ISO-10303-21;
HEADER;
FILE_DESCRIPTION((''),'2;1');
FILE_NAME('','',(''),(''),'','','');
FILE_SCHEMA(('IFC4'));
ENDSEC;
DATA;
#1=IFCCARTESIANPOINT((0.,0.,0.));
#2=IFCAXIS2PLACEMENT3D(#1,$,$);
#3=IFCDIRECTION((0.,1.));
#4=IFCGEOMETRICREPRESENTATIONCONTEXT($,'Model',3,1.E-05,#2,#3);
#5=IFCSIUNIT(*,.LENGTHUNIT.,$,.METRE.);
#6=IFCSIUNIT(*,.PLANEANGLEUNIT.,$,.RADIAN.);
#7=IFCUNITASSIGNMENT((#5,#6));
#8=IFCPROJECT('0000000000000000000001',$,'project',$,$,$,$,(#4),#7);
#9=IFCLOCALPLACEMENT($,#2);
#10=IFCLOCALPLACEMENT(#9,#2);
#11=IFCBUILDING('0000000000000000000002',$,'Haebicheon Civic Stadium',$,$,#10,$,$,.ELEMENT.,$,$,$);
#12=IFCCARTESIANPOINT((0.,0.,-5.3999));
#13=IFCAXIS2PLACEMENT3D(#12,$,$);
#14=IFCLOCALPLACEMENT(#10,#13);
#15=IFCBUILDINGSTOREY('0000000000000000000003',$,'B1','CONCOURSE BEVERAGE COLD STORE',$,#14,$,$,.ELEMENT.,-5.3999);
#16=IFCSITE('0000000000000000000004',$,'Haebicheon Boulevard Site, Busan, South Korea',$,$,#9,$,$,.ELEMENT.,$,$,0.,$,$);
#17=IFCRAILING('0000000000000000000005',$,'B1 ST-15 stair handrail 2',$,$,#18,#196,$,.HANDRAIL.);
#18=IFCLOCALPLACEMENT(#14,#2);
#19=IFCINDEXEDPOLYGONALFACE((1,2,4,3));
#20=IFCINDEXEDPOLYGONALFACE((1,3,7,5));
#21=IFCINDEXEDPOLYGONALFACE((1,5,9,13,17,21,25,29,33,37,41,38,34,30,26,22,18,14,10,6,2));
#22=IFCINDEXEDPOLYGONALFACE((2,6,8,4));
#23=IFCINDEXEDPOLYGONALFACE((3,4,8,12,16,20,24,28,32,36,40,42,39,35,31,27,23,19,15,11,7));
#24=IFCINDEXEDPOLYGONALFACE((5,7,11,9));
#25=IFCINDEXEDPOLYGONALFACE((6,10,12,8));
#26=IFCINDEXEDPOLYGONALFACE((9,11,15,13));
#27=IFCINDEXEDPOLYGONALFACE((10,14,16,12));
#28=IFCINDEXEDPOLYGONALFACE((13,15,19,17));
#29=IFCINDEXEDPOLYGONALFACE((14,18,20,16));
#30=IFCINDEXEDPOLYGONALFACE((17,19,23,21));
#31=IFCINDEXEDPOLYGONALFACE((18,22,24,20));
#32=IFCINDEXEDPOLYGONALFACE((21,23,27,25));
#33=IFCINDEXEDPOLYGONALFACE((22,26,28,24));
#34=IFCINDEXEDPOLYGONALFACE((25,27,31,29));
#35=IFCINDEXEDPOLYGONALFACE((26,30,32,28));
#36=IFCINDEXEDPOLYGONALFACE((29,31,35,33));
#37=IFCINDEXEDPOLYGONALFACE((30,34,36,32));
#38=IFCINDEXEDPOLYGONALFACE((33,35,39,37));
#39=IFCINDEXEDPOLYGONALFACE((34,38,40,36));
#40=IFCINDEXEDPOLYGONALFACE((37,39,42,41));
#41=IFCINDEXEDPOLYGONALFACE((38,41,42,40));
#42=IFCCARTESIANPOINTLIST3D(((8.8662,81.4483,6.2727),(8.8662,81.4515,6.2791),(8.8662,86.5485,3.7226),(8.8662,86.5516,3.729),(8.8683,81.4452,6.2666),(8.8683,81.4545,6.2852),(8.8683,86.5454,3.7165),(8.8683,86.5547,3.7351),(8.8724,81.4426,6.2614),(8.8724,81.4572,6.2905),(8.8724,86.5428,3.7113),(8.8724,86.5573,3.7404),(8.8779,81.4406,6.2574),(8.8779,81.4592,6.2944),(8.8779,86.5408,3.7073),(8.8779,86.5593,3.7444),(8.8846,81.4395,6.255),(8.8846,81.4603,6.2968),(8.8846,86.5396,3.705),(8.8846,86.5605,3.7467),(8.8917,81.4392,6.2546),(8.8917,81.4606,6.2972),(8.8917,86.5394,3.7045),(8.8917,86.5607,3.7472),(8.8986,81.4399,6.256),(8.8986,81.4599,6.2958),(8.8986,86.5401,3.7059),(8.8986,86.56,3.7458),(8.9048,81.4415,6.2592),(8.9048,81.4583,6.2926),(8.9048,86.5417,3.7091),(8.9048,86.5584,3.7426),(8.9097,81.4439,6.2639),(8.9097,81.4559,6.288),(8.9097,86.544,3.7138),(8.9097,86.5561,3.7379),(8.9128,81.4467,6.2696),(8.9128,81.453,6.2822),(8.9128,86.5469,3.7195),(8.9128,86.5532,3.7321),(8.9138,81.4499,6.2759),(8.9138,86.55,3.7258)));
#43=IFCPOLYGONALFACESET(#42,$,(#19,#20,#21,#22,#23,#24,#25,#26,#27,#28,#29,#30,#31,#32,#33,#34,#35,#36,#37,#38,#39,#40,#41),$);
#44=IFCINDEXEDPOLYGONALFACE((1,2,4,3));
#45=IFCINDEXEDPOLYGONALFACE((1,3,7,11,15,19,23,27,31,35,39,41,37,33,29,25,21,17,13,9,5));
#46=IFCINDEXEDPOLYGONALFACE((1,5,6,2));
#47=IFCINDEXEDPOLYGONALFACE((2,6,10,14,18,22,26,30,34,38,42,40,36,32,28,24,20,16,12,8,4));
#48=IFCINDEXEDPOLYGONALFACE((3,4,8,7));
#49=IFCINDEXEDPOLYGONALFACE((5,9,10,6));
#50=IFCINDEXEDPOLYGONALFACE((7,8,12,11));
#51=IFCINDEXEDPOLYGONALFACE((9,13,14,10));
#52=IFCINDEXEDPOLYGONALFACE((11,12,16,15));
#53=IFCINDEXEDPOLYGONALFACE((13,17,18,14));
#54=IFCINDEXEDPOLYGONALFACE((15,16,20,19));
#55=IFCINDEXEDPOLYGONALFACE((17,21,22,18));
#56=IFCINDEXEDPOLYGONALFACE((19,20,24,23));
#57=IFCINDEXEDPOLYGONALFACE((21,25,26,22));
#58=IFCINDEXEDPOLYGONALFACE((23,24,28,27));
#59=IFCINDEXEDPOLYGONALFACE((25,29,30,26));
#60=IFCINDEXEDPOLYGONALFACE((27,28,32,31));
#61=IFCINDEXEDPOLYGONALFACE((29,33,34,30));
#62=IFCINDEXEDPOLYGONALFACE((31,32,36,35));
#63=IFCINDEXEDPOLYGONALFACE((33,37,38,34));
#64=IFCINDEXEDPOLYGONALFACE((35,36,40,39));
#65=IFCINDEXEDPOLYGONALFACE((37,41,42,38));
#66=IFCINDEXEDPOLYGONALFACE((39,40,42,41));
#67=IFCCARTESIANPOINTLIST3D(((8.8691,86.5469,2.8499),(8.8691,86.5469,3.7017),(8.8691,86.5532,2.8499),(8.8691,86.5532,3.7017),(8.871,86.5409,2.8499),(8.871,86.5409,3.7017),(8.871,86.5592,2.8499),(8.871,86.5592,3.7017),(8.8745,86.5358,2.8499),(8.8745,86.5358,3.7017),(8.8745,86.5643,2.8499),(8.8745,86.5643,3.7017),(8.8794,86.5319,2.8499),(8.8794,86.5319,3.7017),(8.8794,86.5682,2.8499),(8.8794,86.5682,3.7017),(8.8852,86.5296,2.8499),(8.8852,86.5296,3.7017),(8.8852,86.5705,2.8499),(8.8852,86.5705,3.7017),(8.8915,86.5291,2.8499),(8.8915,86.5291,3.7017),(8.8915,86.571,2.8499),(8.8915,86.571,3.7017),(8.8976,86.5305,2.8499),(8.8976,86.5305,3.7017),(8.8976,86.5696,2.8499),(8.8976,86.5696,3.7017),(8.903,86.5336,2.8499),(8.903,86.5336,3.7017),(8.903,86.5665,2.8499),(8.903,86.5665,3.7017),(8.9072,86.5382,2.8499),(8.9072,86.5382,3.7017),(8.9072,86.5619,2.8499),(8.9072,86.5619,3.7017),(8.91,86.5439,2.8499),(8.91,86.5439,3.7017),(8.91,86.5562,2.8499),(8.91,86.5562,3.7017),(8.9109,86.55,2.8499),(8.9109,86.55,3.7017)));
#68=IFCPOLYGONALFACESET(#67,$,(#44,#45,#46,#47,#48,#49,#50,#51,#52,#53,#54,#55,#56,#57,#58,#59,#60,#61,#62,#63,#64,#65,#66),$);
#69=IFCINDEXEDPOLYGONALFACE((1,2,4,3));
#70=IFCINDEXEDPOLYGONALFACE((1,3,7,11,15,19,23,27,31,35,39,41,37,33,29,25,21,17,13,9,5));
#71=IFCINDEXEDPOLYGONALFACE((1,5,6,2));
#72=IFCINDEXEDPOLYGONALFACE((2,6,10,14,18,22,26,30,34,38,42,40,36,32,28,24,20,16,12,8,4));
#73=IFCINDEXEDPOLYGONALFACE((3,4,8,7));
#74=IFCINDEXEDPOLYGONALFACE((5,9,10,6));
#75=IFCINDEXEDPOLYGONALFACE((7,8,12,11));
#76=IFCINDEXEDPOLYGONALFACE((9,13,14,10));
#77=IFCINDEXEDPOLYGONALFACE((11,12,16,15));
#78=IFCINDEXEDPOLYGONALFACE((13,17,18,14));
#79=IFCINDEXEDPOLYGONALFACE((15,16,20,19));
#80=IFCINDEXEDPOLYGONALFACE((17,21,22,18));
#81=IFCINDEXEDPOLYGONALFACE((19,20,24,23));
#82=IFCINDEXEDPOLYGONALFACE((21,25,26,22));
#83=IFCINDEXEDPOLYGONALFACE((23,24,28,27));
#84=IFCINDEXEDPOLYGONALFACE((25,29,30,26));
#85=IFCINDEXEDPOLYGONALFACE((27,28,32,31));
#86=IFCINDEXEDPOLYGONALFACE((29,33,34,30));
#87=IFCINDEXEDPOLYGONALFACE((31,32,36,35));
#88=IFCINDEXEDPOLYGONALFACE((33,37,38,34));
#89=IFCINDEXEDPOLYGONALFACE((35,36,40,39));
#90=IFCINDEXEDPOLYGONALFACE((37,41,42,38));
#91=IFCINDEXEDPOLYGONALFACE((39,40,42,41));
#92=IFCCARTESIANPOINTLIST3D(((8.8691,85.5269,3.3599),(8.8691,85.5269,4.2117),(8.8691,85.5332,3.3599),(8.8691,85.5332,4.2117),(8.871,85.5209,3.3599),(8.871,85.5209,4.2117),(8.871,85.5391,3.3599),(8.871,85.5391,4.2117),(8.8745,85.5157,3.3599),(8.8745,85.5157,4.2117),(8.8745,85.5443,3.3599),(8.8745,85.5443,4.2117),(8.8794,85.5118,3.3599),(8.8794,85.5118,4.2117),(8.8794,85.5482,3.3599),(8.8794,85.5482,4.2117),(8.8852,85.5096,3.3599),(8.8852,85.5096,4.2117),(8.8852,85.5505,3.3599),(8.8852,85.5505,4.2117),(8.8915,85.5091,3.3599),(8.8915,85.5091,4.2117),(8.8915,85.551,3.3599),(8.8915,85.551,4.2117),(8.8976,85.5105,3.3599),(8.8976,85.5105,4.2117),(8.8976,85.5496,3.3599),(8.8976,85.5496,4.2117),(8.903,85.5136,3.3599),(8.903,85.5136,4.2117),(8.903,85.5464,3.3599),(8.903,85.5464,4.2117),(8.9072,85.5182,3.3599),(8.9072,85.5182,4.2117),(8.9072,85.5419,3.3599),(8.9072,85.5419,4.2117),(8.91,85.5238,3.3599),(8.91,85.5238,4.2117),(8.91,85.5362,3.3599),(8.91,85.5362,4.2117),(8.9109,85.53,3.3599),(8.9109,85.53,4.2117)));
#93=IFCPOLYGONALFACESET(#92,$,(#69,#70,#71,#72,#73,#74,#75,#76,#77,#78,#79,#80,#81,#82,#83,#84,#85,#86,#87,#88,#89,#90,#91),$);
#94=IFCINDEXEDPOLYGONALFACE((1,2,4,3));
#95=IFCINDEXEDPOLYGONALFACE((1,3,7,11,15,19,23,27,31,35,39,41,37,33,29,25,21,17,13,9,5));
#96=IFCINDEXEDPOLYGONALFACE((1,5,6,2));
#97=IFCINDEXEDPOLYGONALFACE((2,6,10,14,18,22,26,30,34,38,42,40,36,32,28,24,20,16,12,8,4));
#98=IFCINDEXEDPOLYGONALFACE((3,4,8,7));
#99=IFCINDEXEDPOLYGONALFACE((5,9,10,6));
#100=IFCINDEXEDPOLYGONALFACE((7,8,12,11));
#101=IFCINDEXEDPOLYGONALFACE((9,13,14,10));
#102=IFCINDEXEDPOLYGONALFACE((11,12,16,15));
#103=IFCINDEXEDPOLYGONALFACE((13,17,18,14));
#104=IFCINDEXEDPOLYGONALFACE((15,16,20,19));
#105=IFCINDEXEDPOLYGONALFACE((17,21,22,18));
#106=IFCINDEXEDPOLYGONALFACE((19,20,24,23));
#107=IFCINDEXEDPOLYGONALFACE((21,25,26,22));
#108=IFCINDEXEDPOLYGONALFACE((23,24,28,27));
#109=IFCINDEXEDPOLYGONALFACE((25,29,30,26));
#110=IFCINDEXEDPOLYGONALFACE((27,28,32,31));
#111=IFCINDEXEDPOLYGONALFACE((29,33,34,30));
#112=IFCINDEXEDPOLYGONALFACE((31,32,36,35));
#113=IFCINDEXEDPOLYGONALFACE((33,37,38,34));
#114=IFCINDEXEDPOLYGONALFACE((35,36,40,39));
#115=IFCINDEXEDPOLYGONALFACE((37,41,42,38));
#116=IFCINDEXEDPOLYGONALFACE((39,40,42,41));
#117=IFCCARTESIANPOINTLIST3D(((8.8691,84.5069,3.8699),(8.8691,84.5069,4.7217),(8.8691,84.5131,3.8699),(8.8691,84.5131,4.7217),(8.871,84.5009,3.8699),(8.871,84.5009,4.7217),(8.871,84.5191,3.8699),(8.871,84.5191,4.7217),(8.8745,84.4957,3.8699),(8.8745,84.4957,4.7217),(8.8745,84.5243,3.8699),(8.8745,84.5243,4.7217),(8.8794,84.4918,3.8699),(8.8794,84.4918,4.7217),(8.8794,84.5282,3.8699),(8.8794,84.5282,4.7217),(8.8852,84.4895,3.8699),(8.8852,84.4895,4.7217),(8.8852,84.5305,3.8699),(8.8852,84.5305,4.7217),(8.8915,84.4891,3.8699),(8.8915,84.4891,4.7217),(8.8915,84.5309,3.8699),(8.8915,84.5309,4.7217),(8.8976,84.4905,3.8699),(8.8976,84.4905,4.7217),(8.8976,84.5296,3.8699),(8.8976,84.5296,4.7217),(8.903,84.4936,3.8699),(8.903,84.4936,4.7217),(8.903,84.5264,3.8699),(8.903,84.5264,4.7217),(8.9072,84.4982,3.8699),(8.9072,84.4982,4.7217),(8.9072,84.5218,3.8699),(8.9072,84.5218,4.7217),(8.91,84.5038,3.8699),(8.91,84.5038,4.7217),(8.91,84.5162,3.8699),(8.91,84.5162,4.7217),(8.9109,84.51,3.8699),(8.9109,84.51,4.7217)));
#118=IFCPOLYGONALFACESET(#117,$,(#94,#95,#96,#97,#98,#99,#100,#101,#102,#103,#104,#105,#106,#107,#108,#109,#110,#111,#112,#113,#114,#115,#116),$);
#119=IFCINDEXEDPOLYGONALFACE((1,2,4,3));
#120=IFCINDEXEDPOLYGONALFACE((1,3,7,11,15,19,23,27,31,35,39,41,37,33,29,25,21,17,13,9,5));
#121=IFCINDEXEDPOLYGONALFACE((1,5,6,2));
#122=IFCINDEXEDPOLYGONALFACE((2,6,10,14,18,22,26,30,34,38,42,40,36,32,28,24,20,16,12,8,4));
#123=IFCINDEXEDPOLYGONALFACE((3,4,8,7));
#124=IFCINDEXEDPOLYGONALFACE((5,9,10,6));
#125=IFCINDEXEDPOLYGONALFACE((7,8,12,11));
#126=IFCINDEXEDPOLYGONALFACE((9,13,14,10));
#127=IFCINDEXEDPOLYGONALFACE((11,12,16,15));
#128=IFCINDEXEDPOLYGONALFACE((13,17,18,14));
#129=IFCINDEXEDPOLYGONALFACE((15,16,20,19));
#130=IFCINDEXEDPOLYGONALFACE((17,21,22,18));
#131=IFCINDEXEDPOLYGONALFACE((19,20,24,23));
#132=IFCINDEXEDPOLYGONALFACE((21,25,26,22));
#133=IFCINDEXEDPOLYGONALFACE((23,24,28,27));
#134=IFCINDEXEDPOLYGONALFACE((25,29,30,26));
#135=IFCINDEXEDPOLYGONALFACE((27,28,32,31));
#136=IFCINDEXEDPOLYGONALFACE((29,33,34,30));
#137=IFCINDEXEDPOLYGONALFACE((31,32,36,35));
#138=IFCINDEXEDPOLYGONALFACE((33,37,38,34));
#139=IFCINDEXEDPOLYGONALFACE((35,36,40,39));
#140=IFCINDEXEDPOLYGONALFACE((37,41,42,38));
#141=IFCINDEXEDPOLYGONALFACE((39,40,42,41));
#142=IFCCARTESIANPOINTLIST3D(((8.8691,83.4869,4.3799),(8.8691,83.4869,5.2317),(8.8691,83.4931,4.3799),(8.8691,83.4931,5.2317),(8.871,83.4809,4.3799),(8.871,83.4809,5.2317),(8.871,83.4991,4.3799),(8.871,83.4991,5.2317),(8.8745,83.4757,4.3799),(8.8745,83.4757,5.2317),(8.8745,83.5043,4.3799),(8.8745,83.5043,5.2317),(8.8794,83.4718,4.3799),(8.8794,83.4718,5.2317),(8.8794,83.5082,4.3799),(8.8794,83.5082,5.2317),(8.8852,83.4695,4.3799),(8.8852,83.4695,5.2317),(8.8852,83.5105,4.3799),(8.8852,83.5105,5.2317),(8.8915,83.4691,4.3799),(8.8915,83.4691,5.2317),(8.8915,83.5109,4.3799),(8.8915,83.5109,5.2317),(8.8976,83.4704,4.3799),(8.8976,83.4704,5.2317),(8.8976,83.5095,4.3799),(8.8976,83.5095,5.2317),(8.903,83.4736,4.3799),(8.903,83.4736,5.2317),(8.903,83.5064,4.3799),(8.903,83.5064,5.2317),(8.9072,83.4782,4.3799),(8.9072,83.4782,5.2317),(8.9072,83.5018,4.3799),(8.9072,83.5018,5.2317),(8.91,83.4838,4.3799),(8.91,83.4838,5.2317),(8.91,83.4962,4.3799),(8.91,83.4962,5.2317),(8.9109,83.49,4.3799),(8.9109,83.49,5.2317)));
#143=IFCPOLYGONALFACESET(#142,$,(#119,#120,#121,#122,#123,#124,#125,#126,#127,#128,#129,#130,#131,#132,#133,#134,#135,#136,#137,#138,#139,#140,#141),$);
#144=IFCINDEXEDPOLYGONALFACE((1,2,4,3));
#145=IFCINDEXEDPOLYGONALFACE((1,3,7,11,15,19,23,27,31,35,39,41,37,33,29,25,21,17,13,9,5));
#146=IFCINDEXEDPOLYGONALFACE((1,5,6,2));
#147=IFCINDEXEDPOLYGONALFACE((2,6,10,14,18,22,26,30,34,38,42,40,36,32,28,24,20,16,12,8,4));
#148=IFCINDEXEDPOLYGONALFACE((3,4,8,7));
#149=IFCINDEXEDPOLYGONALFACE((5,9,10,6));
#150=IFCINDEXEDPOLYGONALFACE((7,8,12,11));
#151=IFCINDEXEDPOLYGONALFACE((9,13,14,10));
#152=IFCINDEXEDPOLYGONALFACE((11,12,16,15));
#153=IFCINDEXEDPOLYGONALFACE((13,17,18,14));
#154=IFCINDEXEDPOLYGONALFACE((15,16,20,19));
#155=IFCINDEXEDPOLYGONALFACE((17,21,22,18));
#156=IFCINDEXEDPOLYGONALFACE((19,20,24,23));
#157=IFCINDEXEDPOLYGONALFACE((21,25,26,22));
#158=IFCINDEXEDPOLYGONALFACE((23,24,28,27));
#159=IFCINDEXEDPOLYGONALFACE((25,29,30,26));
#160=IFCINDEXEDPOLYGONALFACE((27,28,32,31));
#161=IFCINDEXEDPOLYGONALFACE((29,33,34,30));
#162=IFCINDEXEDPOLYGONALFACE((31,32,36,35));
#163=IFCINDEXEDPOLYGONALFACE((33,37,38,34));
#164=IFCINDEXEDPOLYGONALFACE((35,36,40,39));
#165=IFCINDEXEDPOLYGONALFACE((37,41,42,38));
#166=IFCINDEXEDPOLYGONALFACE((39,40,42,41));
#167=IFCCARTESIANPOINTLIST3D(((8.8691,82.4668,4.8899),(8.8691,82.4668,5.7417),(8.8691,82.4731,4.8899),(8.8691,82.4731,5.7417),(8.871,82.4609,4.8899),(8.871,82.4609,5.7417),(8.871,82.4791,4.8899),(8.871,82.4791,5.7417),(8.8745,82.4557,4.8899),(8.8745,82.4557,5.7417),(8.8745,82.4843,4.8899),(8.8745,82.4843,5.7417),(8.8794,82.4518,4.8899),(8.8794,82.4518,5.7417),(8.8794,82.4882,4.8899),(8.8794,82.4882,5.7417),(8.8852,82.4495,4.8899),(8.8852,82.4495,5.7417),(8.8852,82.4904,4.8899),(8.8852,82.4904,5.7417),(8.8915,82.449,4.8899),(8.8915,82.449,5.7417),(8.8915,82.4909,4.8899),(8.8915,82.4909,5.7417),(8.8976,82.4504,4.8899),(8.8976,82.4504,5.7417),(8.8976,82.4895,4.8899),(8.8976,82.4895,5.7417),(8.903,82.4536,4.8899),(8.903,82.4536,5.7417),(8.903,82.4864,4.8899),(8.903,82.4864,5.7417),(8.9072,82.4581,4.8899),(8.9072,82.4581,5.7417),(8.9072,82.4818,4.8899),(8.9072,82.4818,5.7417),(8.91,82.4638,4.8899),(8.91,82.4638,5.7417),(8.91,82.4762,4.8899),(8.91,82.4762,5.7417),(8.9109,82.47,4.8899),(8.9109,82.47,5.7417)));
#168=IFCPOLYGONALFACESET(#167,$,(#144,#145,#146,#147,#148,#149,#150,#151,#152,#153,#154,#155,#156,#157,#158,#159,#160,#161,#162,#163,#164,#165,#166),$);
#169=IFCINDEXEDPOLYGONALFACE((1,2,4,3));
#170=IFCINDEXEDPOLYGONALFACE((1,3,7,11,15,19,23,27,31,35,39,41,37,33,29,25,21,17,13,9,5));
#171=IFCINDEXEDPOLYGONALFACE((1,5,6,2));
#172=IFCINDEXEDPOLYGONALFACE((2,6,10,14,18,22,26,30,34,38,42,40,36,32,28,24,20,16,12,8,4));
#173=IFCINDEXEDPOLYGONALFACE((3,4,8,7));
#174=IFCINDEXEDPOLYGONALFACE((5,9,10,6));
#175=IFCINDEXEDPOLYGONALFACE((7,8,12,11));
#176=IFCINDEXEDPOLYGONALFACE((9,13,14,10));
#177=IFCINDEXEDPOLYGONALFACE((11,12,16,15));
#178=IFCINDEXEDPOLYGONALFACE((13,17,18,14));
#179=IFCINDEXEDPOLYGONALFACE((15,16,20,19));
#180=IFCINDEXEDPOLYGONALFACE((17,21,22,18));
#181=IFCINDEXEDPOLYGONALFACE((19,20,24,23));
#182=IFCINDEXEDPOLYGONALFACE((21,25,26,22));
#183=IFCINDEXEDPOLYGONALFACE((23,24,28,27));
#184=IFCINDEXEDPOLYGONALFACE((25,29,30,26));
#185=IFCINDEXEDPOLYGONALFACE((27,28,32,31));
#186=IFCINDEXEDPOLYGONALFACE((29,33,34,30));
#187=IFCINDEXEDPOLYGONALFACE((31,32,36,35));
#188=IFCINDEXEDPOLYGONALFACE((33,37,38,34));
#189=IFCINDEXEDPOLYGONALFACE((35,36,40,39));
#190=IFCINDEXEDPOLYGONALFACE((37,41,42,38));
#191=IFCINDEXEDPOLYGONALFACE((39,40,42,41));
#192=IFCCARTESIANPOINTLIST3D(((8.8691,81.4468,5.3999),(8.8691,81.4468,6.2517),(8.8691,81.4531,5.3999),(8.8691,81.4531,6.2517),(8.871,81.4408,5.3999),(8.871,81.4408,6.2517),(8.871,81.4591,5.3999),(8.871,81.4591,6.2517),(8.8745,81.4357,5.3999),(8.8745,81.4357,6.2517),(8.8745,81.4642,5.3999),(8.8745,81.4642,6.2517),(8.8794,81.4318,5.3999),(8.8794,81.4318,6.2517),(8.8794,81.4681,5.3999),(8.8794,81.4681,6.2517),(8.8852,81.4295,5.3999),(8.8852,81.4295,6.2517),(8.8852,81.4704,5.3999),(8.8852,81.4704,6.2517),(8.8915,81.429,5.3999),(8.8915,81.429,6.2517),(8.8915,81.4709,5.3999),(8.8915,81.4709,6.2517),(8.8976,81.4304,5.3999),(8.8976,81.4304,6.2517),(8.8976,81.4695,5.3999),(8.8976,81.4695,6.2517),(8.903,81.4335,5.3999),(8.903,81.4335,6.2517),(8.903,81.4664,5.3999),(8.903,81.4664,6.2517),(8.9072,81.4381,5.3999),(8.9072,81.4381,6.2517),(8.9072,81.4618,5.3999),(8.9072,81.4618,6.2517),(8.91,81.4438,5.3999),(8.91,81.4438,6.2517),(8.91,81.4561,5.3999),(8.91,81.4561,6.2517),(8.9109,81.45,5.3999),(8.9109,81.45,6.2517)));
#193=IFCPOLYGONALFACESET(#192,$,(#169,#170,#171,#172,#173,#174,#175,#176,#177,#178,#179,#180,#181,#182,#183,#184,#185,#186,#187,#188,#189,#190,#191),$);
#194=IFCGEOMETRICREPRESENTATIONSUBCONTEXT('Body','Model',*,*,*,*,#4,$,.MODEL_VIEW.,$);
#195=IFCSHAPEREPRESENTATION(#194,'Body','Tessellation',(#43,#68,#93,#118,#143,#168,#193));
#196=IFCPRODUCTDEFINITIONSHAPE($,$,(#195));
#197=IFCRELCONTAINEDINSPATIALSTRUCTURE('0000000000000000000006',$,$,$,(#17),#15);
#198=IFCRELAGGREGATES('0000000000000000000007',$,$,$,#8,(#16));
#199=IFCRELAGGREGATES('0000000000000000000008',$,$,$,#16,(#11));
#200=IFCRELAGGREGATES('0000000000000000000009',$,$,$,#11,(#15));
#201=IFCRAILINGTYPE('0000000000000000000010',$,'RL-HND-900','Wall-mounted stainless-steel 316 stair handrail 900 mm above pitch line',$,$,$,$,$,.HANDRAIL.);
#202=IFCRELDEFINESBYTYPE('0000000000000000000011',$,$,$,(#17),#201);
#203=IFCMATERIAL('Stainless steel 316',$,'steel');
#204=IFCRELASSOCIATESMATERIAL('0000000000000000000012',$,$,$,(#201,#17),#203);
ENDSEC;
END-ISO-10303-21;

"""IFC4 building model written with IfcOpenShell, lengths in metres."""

from ifc_helpers import new_model, si_unit, direction, frame, origin, origin_2d, place, context, subcontext, project, spatial, circle, extrude, material, type_object, element, save


model = new_model("IFC4")

# Units and contexts
model_context = context("Model", 3, precision=1e-05, world=origin(), true_north=direction((0.0, 1.0)))
body_context = subcontext(model_context, "Body", "Model", "MODEL_VIEW")
ifc_project = project(units=[si_unit("LENGTHUNIT", "METRE"), si_unit("PLANEANGLEUNIT", "RADIAN")], contexts=[model_context])

# Site, building, storey
site_placement = place(None, origin())
site = spatial("IfcSite", under=ifc_project, at=site_placement, Name="Haebicheon Boulevard Site, Busan, South Korea", CompositionType="ELEMENT", RefElevation=0.0)
building_placement = place(site_placement, origin())
building = spatial("IfcBuilding", under=site, at=building_placement, Name="Haebicheon Civic Stadium", CompositionType="ELEMENT")
storey_placement = place(building_placement, frame((0.0, 0.0, -5.3999)))
storey = spatial("IfcBuildingStorey", under=building, at=storey_placement, Name="B1", Description="CONCOURSE BEVERAGE COLD STORE", CompositionType="ELEMENT", Elevation=-5.3999)

# Railing
ifc_material_1 = material(Name="Stainless steel 316", Category="steel")
railing_type_1 = type_object("IfcRailingType", Name="RL-HND-900", Description="Wall-mounted stainless-steel 316 stair handrail 900 mm above pitch line", PredefinedType="HANDRAIL", material=ifc_material_1)
railing_1_placement = place(storey_placement, frame((8.8899, 86.55, 2.8499)))
element("IfcRailing", 1, at=railing_1_placement, inside=storey, type_object=railing_type_1, material=ifc_material_1, Name="B1 ST-15 stair handrail 2", PredefinedType="HANDRAIL", context=body_context, shape_type="SweptSolid", body=[
    extrude(circle(Radius=0.0239, at=origin_2d()), frame((0.0, 0.0, 0.876), z_axis=(0.0, -0.894427, 0.447214), x_axis=(1.0, 0.0, 0.0)), (0.0, 0.0, 1.0), 5.7021),
    extrude(circle(Radius=0.021, at=origin_2d()), origin(), (0.0, 0.0, 1.0), 0.8518),
    extrude(circle(Radius=0.021, at=origin_2d()), frame((0.0, -1.02, 0.51)), (0.0, 0.0, 1.0), 0.8518),
    extrude(circle(Radius=0.021, at=origin_2d()), frame((0.0, -2.04, 1.02)), (0.0, 0.0, 1.0), 0.8518),
    extrude(circle(Radius=0.021, at=origin_2d()), frame((0.0, -3.0601, 1.53)), (0.0, 0.0, 1.0), 0.8518),
    extrude(circle(Radius=0.021, at=origin_2d()), frame((0.0, -4.0801, 2.04)), (0.0, 0.0, 1.0), 0.8518),
    extrude(circle(Radius=0.021, at=origin_2d()), frame((0.0, -5.1001, 2.55)), (0.0, 0.0, 1.0), 0.8518),
])

save(model, "model.ifc")
